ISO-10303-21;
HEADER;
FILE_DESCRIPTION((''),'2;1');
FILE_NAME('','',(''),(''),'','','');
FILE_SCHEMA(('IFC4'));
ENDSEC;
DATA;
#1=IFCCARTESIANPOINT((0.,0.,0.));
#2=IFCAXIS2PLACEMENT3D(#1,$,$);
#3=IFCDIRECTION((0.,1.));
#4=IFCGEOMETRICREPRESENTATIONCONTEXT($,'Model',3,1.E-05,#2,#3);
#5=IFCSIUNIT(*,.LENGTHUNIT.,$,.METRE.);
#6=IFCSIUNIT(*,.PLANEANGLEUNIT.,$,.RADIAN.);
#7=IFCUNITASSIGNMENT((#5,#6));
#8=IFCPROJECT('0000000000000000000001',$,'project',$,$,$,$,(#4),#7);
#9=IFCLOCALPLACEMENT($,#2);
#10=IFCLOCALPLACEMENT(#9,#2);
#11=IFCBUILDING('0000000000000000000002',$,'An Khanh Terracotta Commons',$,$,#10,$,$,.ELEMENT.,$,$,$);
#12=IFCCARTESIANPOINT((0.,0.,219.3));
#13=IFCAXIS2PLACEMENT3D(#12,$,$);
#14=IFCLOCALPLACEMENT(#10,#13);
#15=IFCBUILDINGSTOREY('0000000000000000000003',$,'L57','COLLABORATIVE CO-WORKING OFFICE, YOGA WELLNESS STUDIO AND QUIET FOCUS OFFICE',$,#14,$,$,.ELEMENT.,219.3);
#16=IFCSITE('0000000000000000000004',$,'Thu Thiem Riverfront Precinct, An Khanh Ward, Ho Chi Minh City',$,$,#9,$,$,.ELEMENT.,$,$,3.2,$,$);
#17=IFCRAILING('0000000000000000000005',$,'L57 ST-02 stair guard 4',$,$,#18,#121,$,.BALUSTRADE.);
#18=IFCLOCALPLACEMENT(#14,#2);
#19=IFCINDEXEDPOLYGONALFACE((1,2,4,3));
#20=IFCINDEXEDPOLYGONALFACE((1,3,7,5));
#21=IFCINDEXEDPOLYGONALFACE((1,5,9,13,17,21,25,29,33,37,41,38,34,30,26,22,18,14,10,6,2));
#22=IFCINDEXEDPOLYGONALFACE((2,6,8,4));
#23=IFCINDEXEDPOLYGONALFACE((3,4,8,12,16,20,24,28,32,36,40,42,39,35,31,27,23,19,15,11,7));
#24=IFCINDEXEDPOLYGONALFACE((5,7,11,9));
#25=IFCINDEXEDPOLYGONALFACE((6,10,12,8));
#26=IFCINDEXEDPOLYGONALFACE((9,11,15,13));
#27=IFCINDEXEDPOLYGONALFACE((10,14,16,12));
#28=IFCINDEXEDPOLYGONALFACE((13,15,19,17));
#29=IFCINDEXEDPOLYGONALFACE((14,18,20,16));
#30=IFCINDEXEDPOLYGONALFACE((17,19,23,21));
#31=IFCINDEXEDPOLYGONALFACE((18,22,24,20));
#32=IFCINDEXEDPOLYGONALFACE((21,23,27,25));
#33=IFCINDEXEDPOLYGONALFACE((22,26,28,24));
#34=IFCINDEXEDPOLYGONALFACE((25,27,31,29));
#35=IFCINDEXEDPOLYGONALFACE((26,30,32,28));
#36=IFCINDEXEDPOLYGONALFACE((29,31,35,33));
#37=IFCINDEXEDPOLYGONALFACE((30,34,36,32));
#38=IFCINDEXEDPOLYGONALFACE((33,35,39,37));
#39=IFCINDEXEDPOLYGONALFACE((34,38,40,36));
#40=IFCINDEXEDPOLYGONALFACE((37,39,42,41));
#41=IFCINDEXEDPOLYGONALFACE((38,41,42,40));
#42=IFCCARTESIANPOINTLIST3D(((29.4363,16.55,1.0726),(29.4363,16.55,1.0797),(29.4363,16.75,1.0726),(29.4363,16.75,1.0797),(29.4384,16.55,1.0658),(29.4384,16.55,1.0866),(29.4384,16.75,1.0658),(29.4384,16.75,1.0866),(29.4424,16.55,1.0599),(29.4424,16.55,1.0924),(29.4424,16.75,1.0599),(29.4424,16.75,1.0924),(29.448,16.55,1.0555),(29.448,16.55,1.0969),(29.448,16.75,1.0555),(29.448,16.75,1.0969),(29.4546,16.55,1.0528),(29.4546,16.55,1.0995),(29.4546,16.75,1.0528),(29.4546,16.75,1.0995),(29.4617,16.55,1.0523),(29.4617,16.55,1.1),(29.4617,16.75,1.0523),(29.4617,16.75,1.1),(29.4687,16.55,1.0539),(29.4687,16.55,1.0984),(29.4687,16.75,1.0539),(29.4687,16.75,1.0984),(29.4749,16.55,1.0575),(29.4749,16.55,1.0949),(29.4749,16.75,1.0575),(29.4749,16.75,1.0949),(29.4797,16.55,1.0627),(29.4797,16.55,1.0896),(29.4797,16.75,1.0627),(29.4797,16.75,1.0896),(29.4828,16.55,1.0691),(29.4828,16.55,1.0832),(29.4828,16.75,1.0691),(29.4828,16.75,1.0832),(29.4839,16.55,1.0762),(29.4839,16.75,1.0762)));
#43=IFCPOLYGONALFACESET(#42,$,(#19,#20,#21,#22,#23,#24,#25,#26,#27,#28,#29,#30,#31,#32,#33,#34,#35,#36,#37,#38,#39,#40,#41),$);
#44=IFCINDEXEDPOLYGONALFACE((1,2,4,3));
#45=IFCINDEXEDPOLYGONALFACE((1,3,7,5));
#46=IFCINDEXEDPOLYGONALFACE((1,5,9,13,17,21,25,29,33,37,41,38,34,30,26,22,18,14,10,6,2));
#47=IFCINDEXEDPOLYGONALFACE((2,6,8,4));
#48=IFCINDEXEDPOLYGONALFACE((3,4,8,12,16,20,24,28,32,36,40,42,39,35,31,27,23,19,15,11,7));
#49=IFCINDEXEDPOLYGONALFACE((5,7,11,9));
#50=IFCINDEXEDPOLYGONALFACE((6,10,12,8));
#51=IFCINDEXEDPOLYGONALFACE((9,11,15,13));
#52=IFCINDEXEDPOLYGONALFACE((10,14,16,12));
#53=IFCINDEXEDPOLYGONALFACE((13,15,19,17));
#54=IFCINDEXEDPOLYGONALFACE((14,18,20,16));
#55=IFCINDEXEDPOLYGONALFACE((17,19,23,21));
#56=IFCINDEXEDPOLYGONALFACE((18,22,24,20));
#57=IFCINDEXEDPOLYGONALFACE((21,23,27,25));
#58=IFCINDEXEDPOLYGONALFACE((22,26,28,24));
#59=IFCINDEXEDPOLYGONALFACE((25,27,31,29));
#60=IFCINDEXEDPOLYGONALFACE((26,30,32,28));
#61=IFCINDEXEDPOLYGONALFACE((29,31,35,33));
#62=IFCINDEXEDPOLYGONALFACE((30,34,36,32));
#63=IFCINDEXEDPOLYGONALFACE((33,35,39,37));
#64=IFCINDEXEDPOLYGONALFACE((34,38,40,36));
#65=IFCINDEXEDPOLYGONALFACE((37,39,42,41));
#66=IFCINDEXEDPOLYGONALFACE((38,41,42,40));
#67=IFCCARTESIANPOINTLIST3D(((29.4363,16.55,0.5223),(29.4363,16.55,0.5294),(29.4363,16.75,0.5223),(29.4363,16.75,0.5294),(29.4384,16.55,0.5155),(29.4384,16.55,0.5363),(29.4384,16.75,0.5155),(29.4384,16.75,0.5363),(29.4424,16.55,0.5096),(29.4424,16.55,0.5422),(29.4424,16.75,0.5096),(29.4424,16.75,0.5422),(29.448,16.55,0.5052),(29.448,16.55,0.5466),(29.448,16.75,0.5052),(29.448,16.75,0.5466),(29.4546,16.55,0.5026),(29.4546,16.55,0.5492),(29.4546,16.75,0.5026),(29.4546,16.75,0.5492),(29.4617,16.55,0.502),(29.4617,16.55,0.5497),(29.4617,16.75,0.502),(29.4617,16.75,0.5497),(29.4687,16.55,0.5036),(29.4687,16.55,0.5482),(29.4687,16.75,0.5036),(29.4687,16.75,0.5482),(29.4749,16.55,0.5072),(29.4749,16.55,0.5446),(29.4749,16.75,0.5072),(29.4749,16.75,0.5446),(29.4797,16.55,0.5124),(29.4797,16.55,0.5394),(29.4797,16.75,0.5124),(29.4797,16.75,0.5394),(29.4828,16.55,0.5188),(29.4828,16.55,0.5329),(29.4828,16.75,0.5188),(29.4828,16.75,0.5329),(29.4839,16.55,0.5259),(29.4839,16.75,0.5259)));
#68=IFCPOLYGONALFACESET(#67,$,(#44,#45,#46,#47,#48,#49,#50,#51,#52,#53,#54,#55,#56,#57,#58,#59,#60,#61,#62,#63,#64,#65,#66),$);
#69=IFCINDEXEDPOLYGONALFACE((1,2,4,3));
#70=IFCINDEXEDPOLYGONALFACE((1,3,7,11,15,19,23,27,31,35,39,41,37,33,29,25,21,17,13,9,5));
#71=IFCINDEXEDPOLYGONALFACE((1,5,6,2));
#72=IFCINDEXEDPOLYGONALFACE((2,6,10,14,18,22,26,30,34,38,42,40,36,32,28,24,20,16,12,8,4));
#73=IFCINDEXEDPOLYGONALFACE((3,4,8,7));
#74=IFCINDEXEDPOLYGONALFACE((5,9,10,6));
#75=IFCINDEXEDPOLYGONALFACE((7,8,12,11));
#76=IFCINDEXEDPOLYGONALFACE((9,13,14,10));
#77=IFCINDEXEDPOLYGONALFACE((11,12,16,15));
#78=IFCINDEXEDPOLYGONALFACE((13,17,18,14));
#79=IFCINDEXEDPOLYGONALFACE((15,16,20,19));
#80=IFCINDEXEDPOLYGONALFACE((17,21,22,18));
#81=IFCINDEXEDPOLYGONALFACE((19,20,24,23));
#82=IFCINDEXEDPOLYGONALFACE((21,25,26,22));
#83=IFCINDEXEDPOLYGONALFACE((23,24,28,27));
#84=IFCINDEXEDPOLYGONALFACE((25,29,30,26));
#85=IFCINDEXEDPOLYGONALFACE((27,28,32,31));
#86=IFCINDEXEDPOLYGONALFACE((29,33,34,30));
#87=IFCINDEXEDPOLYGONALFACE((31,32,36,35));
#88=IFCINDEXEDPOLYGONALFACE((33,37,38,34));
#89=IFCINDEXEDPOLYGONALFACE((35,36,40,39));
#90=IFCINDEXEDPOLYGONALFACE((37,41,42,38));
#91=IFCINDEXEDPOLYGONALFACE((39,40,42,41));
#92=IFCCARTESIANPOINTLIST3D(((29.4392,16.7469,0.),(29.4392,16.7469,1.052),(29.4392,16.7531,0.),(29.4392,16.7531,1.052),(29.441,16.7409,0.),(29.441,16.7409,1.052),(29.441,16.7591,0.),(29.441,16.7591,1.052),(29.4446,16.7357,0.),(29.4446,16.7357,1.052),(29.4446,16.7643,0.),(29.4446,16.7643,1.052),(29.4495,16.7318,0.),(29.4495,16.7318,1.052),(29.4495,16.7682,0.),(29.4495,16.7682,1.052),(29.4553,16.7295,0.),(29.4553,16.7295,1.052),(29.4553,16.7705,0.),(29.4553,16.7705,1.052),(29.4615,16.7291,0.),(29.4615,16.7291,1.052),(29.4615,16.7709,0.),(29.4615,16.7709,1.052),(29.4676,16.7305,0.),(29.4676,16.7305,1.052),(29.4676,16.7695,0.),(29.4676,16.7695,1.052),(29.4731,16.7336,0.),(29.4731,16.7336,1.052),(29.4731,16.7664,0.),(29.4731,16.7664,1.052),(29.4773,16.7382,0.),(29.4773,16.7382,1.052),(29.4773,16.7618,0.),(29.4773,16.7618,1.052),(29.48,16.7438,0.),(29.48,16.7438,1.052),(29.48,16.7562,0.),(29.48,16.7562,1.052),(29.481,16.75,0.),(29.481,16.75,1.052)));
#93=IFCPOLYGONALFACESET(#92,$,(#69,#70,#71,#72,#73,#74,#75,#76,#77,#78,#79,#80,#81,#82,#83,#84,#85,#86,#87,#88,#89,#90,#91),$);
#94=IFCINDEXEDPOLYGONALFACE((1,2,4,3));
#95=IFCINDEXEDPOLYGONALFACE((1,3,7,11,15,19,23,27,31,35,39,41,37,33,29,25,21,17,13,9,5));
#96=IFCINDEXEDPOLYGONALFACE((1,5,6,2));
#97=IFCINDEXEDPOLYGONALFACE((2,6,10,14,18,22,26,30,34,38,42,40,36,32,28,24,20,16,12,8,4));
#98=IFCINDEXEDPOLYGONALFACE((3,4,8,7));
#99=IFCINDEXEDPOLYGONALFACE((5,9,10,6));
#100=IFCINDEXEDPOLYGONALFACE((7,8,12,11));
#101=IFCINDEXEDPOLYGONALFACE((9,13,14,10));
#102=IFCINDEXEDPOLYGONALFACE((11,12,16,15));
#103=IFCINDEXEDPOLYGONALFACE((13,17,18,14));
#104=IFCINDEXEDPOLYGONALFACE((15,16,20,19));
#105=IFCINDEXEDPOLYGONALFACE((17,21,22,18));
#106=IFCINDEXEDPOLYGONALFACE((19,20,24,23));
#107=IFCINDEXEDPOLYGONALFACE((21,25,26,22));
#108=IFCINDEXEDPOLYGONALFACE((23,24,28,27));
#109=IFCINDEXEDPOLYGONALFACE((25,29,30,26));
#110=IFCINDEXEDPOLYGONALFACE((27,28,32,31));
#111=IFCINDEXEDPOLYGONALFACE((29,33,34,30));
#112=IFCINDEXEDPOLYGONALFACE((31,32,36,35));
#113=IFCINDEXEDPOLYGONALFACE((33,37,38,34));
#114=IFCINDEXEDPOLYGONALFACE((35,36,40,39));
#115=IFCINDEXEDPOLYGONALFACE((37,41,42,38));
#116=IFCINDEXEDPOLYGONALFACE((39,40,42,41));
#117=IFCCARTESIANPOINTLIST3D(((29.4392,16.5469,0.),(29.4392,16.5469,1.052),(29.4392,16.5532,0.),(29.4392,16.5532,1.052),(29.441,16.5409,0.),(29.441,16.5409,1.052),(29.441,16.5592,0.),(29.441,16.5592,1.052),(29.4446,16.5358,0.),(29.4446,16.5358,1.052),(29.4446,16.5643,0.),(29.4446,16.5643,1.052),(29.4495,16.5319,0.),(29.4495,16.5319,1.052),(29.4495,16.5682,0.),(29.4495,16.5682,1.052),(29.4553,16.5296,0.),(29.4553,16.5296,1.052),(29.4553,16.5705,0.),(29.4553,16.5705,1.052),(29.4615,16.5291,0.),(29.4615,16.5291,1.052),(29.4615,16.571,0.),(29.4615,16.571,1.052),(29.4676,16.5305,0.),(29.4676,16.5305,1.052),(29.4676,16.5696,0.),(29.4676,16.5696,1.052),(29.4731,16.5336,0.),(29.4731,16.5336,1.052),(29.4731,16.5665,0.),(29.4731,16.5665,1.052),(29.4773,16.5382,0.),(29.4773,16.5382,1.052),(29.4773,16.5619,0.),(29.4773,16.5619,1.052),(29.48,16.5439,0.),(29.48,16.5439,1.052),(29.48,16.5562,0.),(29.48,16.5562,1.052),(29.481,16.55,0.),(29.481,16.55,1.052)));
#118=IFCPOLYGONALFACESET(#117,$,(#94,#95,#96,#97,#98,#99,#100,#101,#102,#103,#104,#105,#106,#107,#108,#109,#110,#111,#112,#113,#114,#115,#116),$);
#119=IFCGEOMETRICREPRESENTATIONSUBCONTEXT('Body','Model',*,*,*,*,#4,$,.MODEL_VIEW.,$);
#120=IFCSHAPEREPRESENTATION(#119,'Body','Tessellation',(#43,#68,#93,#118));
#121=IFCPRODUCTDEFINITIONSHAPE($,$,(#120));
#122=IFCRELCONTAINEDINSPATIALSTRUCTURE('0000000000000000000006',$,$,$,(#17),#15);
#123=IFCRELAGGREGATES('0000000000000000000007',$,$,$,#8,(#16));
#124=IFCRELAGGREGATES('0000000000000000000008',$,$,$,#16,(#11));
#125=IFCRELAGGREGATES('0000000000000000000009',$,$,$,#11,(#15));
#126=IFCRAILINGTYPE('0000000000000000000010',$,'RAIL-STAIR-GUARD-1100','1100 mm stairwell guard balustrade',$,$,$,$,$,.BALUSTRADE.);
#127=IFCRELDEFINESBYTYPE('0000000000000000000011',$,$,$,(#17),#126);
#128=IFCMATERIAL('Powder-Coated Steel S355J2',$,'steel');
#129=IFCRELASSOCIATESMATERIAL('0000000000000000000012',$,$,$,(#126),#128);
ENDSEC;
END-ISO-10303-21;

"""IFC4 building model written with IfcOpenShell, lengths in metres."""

from ifc_helpers import new_model, si_unit, direction, frame, origin, origin_2d, place, context, subcontext, project, spatial, circle, extrude, material, type_object, element, save


model = new_model("IFC4")

# Units and contexts
model_context = context("Model", 3, precision=1e-05, world=origin(), true_north=direction((0.0, 1.0)))
body_context = subcontext(model_context, "Body", "Model", "MODEL_VIEW")
ifc_project = project(units=[si_unit("LENGTHUNIT", "METRE"), si_unit("PLANEANGLEUNIT", "RADIAN")], contexts=[model_context])

# Site, building, storey
site_placement = place(None, origin())
site = spatial("IfcSite", under=ifc_project, at=site_placement, Name="Thu Thiem Riverfront Precinct, An Khanh Ward, Ho Chi Minh City", CompositionType="ELEMENT", RefElevation=3.2)
building_placement = place(site_placement, origin())
building = spatial("IfcBuilding", under=site, at=building_placement, Name="An Khanh Terracotta Commons", CompositionType="ELEMENT")
storey_placement = place(building_placement, frame((0.0, 0.0, 219.3)))
storey = spatial("IfcBuildingStorey", under=building, at=storey_placement, Name="L57", Description="COLLABORATIVE CO-WORKING OFFICE, YOGA WELLNESS STUDIO AND QUIET FOCUS OFFICE", CompositionType="ELEMENT", Elevation=219.3)

# Railing
ifc_material_1 = material(Name="Powder-Coated Steel S355J2", Category="steel")
railing_type = type_object("IfcRailingType", Name="RAIL-STAIR-GUARD-1100", Description="1100 mm stairwell guard balustrade", PredefinedType="BALUSTRADE", material=ifc_material_1)
railing_1_placement = place(storey_placement, frame((29.46, 16.75, 0.0)))
element("IfcRailing", 1, at=railing_1_placement, inside=storey, type_object=railing_type, Name="L57 ST-02 stair guard 4", PredefinedType="BALUSTRADE", context=body_context, shape_type="SweptSolid", body=[
    extrude(circle(Radius=0.0239, at=origin_2d()), frame((0.0, 0.0, 1.0762), z_axis=(0.0, -1.0, 0.0), x_axis=(1.0, 0.0, 0.0)), (0.0, 0.0, 1.0), 0.2),
    extrude(circle(Radius=0.0239, at=origin_2d()), frame((0.0, 0.0, 0.5259), z_axis=(0.0, -1.0, 0.0), x_axis=(1.0, 0.0, 0.0)), (0.0, 0.0, 1.0), 0.2),
    extrude(circle(Radius=0.021, at=origin_2d()), origin(), (0.0, 0.0, 1.0), 1.052),
    extrude(circle(Radius=0.021, at=origin_2d()), frame((0.0, -0.2, 0.0)), (0.0, 0.0, 1.0), 1.052),
])

save(model, "model.ifc")
